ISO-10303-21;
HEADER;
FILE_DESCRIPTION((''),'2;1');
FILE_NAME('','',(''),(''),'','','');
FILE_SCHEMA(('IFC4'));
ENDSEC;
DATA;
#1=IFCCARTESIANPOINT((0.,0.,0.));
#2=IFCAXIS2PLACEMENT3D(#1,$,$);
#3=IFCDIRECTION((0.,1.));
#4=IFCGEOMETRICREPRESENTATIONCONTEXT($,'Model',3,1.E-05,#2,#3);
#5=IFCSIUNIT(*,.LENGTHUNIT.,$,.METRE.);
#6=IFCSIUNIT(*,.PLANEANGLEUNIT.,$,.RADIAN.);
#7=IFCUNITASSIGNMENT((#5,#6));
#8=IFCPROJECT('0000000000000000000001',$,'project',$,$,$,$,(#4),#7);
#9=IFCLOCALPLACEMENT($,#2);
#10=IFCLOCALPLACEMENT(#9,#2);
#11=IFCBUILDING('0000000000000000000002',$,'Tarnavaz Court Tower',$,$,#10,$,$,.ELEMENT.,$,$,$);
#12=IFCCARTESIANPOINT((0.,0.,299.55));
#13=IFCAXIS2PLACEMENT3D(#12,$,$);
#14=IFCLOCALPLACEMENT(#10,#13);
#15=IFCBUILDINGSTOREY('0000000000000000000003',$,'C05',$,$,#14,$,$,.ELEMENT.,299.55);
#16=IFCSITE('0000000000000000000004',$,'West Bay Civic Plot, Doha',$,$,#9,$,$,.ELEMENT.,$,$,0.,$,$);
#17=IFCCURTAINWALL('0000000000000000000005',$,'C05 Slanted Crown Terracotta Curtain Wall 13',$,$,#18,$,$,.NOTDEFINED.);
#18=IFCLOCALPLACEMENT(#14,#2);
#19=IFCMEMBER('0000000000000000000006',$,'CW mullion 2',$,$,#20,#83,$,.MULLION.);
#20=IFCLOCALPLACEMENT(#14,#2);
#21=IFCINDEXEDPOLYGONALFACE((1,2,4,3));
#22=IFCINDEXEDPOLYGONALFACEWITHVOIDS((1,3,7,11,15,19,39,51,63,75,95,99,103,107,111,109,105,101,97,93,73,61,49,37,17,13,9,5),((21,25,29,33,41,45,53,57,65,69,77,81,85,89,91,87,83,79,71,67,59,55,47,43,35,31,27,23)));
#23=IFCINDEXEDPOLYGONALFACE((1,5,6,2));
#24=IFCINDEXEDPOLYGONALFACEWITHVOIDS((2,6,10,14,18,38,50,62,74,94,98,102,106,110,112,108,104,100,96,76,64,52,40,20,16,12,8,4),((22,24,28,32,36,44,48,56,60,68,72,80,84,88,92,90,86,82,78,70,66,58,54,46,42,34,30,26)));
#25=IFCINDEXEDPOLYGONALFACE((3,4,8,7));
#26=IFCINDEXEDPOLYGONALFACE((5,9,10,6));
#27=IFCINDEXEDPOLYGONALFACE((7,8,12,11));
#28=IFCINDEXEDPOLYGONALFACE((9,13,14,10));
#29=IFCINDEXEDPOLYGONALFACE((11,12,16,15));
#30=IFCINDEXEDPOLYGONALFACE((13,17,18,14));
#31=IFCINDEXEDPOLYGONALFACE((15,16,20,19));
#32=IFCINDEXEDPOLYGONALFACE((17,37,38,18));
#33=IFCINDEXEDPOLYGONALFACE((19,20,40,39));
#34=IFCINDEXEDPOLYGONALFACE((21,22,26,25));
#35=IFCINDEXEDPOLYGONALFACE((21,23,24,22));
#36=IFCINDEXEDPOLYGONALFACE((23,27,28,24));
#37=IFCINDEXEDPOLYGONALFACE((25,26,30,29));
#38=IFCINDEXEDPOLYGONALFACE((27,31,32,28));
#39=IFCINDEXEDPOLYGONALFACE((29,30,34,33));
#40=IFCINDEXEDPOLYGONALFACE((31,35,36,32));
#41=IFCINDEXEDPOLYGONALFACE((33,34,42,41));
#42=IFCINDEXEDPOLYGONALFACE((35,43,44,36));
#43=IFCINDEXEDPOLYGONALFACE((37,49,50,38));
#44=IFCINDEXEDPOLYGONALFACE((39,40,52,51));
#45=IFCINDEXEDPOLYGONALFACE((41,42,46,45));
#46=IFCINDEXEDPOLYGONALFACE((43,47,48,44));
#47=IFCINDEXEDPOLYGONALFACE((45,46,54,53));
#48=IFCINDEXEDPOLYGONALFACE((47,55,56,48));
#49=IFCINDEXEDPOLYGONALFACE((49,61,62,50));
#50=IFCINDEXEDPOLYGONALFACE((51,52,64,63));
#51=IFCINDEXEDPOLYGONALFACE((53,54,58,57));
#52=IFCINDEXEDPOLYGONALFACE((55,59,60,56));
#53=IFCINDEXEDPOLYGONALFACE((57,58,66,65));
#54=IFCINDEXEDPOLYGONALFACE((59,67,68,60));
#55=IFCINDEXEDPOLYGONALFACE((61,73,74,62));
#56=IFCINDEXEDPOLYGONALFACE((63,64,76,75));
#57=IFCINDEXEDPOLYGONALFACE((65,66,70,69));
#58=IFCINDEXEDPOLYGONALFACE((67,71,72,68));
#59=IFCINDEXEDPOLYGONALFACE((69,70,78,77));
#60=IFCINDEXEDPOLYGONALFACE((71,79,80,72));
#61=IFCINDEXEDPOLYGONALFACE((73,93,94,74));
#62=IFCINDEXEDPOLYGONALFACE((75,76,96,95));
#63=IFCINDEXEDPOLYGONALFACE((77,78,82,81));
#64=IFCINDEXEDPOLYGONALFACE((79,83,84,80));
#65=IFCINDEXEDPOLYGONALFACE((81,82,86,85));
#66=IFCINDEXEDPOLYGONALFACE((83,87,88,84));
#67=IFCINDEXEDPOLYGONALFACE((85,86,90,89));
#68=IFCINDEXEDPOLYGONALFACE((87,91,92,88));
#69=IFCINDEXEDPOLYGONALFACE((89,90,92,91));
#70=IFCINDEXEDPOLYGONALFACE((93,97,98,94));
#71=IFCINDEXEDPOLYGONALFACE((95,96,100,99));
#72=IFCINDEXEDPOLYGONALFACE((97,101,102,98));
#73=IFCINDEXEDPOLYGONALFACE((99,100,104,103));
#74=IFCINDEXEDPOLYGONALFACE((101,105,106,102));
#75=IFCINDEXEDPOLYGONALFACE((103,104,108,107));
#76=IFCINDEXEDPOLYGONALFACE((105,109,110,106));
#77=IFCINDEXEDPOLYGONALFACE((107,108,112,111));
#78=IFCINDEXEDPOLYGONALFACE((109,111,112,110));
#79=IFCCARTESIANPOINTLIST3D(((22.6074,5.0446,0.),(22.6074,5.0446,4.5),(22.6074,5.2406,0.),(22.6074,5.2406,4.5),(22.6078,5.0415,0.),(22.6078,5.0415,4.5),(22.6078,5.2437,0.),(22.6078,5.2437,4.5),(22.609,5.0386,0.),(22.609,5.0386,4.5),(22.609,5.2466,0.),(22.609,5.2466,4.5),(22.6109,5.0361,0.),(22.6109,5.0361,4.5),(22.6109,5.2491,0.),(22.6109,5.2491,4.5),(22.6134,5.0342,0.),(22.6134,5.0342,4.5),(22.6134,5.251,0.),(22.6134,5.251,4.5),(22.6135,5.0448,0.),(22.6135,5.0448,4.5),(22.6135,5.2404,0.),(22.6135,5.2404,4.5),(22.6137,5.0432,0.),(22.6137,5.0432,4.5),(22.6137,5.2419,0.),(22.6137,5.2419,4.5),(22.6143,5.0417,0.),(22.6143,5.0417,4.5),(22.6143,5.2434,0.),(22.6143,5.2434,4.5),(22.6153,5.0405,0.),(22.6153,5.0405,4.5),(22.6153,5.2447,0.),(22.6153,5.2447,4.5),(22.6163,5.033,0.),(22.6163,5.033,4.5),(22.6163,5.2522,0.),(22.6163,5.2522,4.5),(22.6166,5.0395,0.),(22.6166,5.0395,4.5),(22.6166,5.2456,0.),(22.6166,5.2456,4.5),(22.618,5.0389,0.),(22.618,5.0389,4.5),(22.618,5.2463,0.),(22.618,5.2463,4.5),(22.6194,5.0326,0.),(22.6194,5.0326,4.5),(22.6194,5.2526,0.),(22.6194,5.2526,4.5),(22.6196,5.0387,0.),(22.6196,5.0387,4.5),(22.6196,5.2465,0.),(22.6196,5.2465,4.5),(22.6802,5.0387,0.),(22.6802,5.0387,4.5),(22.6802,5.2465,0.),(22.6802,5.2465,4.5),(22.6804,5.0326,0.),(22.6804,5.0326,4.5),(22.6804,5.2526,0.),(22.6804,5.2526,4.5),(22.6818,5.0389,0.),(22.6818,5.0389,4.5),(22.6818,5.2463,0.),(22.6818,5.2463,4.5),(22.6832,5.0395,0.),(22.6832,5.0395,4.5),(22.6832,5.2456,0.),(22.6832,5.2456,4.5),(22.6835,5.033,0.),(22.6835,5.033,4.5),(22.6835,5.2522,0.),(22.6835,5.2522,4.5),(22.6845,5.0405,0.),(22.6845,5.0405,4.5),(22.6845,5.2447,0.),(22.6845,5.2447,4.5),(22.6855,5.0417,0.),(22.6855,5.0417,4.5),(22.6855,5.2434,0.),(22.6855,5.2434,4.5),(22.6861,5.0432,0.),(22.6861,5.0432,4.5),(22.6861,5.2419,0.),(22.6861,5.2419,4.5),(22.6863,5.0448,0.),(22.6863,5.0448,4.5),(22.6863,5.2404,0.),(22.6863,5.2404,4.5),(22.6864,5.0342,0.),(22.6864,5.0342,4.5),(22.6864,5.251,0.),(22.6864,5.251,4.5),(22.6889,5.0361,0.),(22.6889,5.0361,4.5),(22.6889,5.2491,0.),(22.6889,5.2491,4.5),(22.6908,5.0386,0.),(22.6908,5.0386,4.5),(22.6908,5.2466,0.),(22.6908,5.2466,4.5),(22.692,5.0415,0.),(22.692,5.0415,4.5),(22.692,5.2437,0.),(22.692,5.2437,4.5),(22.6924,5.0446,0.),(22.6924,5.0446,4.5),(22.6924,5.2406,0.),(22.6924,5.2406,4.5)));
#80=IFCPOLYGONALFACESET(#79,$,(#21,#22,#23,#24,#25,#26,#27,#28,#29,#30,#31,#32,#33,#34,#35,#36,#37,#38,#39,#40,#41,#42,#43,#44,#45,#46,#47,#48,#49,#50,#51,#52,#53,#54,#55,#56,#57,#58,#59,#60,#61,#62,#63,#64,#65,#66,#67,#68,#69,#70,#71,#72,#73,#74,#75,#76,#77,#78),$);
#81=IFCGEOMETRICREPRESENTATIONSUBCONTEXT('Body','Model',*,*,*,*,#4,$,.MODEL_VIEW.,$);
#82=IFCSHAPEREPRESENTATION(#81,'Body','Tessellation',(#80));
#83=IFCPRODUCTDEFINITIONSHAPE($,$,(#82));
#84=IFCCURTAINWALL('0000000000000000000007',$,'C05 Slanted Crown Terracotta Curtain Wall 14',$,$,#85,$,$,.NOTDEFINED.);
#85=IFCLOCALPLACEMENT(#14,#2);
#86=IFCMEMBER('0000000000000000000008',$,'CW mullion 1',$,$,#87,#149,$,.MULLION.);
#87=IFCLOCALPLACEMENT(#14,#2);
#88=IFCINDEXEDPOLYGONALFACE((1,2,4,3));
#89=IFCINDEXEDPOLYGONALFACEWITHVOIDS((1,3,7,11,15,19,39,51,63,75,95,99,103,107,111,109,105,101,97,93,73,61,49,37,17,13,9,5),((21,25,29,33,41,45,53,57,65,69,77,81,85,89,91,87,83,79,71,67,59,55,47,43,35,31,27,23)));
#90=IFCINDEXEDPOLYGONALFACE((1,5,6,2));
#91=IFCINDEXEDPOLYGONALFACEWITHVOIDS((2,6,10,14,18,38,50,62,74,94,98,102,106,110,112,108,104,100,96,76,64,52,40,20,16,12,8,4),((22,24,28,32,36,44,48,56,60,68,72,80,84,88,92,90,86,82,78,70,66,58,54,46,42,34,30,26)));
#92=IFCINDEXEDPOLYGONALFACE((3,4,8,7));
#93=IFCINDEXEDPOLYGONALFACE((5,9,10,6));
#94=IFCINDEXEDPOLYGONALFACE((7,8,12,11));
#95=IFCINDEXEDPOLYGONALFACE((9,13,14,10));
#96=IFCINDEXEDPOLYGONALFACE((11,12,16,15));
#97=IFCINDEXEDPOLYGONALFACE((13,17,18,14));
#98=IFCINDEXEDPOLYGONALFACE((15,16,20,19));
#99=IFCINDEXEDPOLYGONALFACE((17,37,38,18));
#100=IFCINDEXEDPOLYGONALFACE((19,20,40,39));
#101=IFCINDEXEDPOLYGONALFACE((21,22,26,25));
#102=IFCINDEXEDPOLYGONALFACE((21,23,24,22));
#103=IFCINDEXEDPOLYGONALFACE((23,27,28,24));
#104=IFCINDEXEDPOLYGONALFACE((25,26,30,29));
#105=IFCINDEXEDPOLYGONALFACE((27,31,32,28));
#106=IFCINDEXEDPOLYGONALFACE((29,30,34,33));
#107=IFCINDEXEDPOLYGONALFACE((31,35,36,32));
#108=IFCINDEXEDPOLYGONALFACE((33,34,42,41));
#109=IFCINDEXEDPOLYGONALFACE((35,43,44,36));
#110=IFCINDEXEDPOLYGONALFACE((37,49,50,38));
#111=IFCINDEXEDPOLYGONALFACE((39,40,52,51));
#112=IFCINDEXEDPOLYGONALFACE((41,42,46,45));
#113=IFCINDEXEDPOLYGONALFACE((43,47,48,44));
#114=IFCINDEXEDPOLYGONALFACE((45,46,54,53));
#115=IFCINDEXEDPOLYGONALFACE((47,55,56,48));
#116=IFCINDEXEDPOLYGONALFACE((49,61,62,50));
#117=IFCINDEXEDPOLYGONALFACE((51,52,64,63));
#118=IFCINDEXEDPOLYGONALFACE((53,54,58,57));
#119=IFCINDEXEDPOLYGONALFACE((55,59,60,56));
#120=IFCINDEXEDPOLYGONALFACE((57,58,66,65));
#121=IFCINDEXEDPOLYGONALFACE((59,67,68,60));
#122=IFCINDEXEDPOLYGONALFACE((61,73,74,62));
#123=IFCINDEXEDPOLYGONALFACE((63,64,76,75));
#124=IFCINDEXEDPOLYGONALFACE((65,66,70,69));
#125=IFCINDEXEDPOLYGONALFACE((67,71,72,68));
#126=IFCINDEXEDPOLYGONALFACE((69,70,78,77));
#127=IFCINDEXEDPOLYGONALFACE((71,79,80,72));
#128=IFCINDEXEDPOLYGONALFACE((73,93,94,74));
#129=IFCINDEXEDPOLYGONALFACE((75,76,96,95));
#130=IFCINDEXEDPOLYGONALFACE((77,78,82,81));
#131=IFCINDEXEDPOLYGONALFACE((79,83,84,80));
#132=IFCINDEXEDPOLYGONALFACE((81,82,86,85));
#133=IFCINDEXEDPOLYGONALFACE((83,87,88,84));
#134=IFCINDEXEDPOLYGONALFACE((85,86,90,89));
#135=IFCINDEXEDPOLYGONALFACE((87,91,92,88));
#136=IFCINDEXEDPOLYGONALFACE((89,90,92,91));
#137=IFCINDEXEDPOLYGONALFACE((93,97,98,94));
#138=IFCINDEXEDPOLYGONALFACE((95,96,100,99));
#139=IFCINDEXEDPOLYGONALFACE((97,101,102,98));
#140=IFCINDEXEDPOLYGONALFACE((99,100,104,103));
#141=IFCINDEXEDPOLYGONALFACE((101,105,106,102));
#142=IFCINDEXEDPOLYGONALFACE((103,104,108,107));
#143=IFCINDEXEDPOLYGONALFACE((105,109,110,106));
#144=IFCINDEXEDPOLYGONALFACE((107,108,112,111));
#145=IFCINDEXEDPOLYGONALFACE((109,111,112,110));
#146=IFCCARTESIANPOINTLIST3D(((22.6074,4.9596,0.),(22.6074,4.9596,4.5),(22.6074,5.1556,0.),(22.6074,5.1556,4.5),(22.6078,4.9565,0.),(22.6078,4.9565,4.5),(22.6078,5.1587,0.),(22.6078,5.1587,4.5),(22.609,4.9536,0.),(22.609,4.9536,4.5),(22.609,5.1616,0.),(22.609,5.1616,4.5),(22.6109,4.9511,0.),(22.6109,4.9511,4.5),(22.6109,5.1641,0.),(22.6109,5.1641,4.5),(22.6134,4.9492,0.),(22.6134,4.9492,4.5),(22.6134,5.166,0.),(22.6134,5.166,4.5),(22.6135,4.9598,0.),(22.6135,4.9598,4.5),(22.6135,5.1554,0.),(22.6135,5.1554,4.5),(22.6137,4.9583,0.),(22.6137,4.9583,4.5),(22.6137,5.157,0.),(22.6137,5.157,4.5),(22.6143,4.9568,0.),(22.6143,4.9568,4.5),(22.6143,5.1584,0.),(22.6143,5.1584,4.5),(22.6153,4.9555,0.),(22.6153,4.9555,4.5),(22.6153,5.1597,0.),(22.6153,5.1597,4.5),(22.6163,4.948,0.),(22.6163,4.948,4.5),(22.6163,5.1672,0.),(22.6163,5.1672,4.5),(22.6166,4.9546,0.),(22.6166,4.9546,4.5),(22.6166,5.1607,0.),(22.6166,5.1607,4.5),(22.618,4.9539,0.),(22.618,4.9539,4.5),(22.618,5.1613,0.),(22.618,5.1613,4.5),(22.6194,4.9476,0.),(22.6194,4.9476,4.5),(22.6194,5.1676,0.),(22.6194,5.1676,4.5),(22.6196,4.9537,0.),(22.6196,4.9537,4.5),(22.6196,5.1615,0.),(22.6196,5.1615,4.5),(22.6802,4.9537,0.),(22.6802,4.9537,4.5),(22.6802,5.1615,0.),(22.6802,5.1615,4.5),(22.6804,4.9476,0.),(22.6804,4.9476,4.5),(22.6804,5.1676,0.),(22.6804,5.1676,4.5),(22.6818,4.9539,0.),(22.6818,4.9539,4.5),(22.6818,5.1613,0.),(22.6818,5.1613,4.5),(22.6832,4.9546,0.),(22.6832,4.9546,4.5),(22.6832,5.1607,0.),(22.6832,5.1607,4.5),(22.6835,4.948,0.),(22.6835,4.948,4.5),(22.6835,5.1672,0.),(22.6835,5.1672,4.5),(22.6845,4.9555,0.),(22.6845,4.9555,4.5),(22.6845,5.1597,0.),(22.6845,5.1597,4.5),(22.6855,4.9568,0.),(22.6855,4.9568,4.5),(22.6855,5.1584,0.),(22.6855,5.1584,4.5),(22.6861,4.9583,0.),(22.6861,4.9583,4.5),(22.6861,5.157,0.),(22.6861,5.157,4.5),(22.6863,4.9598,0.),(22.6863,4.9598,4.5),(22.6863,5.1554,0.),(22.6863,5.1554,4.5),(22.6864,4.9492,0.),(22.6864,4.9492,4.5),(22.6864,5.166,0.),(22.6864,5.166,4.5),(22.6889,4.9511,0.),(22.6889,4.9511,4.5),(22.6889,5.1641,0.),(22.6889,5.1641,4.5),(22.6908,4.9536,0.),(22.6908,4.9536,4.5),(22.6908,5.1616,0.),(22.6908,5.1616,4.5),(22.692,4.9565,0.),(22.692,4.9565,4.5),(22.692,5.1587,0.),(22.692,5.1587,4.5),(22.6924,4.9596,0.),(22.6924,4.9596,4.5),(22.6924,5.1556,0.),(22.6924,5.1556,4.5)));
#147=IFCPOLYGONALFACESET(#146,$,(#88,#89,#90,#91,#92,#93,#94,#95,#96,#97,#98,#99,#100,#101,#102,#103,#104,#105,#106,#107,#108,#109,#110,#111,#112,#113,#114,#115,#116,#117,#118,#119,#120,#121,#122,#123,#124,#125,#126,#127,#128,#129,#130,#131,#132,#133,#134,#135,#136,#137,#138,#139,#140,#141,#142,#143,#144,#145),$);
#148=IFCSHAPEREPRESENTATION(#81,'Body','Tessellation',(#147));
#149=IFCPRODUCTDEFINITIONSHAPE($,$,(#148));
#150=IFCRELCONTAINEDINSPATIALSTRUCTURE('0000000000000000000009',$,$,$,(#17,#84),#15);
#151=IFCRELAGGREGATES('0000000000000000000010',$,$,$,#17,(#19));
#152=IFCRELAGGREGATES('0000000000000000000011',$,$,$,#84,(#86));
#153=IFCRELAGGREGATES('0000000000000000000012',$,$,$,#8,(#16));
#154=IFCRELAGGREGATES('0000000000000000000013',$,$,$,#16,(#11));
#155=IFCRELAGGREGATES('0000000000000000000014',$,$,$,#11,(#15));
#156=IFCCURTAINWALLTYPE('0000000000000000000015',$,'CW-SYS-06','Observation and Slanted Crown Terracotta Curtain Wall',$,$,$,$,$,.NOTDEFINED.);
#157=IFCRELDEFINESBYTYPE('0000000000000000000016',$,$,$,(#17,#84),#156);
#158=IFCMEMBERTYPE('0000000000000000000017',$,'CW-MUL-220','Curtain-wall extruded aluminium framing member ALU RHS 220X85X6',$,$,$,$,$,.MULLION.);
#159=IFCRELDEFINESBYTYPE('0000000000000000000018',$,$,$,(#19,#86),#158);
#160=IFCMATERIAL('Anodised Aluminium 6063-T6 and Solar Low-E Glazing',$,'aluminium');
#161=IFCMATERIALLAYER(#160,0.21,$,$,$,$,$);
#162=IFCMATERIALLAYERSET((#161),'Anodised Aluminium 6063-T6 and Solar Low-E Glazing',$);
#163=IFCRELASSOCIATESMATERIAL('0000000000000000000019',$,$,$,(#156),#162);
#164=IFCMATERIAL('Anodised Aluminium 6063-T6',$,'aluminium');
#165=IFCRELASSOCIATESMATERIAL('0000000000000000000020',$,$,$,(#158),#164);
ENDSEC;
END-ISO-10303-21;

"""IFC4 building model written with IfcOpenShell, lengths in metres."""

from ifc_helpers import new_model, si_unit, direction, frame, origin, origin_2d, place, context, subcontext, project, spatial, hollow_rectangle, extrude, material, layer, layer_set, material_profile, profile_set, type_object, element, aggregate, save


model = new_model("IFC4")

# Units and contexts
model_context = context("Model", 3, precision=1e-05, world=origin(), true_north=direction((0.0, 1.0)))
body_context = subcontext(model_context, "Body", "Model", "MODEL_VIEW")
ifc_project = project(units=[si_unit("LENGTHUNIT", "METRE"), si_unit("PLANEANGLEUNIT", "RADIAN")], contexts=[model_context])

# Site, building, storey
site_placement = place(None, origin())
site = spatial("IfcSite", under=ifc_project, at=site_placement, Name="West Bay Civic Plot, Doha", CompositionType="ELEMENT", RefElevation=0.0)
building_placement = place(site_placement, origin())
building = spatial("IfcBuilding", under=site, at=building_placement, Name="Tarnavaz Court Tower", CompositionType="ELEMENT")
storey_placement = place(building_placement, frame((0.0, 0.0, 299.55)))
storey = spatial("IfcBuildingStorey", under=building, at=storey_placement, Name="C05", CompositionType="ELEMENT", Elevation=299.55)

# Shared definitions
ifc_material_1 = material(Name="Anodised Aluminium 6063-T6 and Solar Low-E Glazing", Category="aluminium")
ifc_layer_1 = layer(ifc_material_1, 0.21)
ifc_layer_set_1 = layer_set([ifc_layer_1], Name="Anodised Aluminium 6063-T6 and Solar Low-E Glazing")
curtain_wall_type = type_object("IfcCurtainWallType", Name="CW-SYS-06", Description="Observation and Slanted Crown Terracotta Curtain Wall", PredefinedType="NOTDEFINED", material=ifc_layer_set_1)
ifc_material_2 = material(Name="Anodised Aluminium 6063-T6", Category="aluminium")
ifc_material_profile_1 = material_profile(ifc_material_2, hollow_rectangle(XDim=0.085, YDim=0.22, WallThickness=0.0061, InnerFilletRadius=0.0061, OuterFilletRadius=0.012, at=origin_2d()), Name="ALU RHS 220X85X6")
ifc_profile_set_1 = profile_set([ifc_material_profile_1], Name="Anodised Aluminium 6063-T6")
member_type_1 = type_object("IfcMemberType", Name="CW-MUL-220", Description="Curtain-wall extruded aluminium framing member ALU RHS 220X85X6", PredefinedType="MULLION", material=ifc_profile_set_1)

# Curtain walls, members
curtain_wall_1_placement = place(storey_placement, origin())
curtain_wall_1 = element("IfcCurtainWall", 1, at=curtain_wall_1_placement, inside=storey, type_object=curtain_wall_type, Name="C05 Slanted Crown Terracotta Curtain Wall 13", PredefinedType="NOTDEFINED")
member_1_placement = place(storey_placement, frame((22.6499, 5.1426, 0.0), z_axis=(0.0, 0.0, 1.0), x_axis=(1.0, 0.0, 0.0)))
member_1 = element("IfcMember", 2, at=member_1_placement, type_object=member_type_1, Name="CW mullion 2", PredefinedType="MULLION", context=body_context, shape_type="SweptSolid", body=[
    extrude(hollow_rectangle(XDim=0.085, YDim=0.22, WallThickness=0.0061, InnerFilletRadius=0.0061, OuterFilletRadius=0.012, at=origin_2d()), origin(), (0.0, 0.0, 1.0), 4.5),
])
curtain_wall_2_placement = place(storey_placement, origin())
curtain_wall_2 = element("IfcCurtainWall", 3, at=curtain_wall_2_placement, inside=storey, type_object=curtain_wall_type, Name="C05 Slanted Crown Terracotta Curtain Wall 14", PredefinedType="NOTDEFINED")
member_2_placement = place(storey_placement, frame((22.6499, 5.0576, 0.0), z_axis=(0.0, 0.0, 1.0), x_axis=(1.0, 0.0, 0.0)))
member_2 = element("IfcMember", 4, at=member_2_placement, type_object=member_type_1, Name="CW mullion 1", PredefinedType="MULLION", context=body_context, shape_type="SweptSolid", body=[
    extrude(hollow_rectangle(XDim=0.085, YDim=0.22, WallThickness=0.0061, InnerFilletRadius=0.0061, OuterFilletRadius=0.012, at=origin_2d()), origin(), (0.0, 0.0, 1.0), 4.5),
])

aggregate(curtain_wall_1, [member_1])
aggregate(curtain_wall_2, [member_2])

save(model, "model.ifc")
